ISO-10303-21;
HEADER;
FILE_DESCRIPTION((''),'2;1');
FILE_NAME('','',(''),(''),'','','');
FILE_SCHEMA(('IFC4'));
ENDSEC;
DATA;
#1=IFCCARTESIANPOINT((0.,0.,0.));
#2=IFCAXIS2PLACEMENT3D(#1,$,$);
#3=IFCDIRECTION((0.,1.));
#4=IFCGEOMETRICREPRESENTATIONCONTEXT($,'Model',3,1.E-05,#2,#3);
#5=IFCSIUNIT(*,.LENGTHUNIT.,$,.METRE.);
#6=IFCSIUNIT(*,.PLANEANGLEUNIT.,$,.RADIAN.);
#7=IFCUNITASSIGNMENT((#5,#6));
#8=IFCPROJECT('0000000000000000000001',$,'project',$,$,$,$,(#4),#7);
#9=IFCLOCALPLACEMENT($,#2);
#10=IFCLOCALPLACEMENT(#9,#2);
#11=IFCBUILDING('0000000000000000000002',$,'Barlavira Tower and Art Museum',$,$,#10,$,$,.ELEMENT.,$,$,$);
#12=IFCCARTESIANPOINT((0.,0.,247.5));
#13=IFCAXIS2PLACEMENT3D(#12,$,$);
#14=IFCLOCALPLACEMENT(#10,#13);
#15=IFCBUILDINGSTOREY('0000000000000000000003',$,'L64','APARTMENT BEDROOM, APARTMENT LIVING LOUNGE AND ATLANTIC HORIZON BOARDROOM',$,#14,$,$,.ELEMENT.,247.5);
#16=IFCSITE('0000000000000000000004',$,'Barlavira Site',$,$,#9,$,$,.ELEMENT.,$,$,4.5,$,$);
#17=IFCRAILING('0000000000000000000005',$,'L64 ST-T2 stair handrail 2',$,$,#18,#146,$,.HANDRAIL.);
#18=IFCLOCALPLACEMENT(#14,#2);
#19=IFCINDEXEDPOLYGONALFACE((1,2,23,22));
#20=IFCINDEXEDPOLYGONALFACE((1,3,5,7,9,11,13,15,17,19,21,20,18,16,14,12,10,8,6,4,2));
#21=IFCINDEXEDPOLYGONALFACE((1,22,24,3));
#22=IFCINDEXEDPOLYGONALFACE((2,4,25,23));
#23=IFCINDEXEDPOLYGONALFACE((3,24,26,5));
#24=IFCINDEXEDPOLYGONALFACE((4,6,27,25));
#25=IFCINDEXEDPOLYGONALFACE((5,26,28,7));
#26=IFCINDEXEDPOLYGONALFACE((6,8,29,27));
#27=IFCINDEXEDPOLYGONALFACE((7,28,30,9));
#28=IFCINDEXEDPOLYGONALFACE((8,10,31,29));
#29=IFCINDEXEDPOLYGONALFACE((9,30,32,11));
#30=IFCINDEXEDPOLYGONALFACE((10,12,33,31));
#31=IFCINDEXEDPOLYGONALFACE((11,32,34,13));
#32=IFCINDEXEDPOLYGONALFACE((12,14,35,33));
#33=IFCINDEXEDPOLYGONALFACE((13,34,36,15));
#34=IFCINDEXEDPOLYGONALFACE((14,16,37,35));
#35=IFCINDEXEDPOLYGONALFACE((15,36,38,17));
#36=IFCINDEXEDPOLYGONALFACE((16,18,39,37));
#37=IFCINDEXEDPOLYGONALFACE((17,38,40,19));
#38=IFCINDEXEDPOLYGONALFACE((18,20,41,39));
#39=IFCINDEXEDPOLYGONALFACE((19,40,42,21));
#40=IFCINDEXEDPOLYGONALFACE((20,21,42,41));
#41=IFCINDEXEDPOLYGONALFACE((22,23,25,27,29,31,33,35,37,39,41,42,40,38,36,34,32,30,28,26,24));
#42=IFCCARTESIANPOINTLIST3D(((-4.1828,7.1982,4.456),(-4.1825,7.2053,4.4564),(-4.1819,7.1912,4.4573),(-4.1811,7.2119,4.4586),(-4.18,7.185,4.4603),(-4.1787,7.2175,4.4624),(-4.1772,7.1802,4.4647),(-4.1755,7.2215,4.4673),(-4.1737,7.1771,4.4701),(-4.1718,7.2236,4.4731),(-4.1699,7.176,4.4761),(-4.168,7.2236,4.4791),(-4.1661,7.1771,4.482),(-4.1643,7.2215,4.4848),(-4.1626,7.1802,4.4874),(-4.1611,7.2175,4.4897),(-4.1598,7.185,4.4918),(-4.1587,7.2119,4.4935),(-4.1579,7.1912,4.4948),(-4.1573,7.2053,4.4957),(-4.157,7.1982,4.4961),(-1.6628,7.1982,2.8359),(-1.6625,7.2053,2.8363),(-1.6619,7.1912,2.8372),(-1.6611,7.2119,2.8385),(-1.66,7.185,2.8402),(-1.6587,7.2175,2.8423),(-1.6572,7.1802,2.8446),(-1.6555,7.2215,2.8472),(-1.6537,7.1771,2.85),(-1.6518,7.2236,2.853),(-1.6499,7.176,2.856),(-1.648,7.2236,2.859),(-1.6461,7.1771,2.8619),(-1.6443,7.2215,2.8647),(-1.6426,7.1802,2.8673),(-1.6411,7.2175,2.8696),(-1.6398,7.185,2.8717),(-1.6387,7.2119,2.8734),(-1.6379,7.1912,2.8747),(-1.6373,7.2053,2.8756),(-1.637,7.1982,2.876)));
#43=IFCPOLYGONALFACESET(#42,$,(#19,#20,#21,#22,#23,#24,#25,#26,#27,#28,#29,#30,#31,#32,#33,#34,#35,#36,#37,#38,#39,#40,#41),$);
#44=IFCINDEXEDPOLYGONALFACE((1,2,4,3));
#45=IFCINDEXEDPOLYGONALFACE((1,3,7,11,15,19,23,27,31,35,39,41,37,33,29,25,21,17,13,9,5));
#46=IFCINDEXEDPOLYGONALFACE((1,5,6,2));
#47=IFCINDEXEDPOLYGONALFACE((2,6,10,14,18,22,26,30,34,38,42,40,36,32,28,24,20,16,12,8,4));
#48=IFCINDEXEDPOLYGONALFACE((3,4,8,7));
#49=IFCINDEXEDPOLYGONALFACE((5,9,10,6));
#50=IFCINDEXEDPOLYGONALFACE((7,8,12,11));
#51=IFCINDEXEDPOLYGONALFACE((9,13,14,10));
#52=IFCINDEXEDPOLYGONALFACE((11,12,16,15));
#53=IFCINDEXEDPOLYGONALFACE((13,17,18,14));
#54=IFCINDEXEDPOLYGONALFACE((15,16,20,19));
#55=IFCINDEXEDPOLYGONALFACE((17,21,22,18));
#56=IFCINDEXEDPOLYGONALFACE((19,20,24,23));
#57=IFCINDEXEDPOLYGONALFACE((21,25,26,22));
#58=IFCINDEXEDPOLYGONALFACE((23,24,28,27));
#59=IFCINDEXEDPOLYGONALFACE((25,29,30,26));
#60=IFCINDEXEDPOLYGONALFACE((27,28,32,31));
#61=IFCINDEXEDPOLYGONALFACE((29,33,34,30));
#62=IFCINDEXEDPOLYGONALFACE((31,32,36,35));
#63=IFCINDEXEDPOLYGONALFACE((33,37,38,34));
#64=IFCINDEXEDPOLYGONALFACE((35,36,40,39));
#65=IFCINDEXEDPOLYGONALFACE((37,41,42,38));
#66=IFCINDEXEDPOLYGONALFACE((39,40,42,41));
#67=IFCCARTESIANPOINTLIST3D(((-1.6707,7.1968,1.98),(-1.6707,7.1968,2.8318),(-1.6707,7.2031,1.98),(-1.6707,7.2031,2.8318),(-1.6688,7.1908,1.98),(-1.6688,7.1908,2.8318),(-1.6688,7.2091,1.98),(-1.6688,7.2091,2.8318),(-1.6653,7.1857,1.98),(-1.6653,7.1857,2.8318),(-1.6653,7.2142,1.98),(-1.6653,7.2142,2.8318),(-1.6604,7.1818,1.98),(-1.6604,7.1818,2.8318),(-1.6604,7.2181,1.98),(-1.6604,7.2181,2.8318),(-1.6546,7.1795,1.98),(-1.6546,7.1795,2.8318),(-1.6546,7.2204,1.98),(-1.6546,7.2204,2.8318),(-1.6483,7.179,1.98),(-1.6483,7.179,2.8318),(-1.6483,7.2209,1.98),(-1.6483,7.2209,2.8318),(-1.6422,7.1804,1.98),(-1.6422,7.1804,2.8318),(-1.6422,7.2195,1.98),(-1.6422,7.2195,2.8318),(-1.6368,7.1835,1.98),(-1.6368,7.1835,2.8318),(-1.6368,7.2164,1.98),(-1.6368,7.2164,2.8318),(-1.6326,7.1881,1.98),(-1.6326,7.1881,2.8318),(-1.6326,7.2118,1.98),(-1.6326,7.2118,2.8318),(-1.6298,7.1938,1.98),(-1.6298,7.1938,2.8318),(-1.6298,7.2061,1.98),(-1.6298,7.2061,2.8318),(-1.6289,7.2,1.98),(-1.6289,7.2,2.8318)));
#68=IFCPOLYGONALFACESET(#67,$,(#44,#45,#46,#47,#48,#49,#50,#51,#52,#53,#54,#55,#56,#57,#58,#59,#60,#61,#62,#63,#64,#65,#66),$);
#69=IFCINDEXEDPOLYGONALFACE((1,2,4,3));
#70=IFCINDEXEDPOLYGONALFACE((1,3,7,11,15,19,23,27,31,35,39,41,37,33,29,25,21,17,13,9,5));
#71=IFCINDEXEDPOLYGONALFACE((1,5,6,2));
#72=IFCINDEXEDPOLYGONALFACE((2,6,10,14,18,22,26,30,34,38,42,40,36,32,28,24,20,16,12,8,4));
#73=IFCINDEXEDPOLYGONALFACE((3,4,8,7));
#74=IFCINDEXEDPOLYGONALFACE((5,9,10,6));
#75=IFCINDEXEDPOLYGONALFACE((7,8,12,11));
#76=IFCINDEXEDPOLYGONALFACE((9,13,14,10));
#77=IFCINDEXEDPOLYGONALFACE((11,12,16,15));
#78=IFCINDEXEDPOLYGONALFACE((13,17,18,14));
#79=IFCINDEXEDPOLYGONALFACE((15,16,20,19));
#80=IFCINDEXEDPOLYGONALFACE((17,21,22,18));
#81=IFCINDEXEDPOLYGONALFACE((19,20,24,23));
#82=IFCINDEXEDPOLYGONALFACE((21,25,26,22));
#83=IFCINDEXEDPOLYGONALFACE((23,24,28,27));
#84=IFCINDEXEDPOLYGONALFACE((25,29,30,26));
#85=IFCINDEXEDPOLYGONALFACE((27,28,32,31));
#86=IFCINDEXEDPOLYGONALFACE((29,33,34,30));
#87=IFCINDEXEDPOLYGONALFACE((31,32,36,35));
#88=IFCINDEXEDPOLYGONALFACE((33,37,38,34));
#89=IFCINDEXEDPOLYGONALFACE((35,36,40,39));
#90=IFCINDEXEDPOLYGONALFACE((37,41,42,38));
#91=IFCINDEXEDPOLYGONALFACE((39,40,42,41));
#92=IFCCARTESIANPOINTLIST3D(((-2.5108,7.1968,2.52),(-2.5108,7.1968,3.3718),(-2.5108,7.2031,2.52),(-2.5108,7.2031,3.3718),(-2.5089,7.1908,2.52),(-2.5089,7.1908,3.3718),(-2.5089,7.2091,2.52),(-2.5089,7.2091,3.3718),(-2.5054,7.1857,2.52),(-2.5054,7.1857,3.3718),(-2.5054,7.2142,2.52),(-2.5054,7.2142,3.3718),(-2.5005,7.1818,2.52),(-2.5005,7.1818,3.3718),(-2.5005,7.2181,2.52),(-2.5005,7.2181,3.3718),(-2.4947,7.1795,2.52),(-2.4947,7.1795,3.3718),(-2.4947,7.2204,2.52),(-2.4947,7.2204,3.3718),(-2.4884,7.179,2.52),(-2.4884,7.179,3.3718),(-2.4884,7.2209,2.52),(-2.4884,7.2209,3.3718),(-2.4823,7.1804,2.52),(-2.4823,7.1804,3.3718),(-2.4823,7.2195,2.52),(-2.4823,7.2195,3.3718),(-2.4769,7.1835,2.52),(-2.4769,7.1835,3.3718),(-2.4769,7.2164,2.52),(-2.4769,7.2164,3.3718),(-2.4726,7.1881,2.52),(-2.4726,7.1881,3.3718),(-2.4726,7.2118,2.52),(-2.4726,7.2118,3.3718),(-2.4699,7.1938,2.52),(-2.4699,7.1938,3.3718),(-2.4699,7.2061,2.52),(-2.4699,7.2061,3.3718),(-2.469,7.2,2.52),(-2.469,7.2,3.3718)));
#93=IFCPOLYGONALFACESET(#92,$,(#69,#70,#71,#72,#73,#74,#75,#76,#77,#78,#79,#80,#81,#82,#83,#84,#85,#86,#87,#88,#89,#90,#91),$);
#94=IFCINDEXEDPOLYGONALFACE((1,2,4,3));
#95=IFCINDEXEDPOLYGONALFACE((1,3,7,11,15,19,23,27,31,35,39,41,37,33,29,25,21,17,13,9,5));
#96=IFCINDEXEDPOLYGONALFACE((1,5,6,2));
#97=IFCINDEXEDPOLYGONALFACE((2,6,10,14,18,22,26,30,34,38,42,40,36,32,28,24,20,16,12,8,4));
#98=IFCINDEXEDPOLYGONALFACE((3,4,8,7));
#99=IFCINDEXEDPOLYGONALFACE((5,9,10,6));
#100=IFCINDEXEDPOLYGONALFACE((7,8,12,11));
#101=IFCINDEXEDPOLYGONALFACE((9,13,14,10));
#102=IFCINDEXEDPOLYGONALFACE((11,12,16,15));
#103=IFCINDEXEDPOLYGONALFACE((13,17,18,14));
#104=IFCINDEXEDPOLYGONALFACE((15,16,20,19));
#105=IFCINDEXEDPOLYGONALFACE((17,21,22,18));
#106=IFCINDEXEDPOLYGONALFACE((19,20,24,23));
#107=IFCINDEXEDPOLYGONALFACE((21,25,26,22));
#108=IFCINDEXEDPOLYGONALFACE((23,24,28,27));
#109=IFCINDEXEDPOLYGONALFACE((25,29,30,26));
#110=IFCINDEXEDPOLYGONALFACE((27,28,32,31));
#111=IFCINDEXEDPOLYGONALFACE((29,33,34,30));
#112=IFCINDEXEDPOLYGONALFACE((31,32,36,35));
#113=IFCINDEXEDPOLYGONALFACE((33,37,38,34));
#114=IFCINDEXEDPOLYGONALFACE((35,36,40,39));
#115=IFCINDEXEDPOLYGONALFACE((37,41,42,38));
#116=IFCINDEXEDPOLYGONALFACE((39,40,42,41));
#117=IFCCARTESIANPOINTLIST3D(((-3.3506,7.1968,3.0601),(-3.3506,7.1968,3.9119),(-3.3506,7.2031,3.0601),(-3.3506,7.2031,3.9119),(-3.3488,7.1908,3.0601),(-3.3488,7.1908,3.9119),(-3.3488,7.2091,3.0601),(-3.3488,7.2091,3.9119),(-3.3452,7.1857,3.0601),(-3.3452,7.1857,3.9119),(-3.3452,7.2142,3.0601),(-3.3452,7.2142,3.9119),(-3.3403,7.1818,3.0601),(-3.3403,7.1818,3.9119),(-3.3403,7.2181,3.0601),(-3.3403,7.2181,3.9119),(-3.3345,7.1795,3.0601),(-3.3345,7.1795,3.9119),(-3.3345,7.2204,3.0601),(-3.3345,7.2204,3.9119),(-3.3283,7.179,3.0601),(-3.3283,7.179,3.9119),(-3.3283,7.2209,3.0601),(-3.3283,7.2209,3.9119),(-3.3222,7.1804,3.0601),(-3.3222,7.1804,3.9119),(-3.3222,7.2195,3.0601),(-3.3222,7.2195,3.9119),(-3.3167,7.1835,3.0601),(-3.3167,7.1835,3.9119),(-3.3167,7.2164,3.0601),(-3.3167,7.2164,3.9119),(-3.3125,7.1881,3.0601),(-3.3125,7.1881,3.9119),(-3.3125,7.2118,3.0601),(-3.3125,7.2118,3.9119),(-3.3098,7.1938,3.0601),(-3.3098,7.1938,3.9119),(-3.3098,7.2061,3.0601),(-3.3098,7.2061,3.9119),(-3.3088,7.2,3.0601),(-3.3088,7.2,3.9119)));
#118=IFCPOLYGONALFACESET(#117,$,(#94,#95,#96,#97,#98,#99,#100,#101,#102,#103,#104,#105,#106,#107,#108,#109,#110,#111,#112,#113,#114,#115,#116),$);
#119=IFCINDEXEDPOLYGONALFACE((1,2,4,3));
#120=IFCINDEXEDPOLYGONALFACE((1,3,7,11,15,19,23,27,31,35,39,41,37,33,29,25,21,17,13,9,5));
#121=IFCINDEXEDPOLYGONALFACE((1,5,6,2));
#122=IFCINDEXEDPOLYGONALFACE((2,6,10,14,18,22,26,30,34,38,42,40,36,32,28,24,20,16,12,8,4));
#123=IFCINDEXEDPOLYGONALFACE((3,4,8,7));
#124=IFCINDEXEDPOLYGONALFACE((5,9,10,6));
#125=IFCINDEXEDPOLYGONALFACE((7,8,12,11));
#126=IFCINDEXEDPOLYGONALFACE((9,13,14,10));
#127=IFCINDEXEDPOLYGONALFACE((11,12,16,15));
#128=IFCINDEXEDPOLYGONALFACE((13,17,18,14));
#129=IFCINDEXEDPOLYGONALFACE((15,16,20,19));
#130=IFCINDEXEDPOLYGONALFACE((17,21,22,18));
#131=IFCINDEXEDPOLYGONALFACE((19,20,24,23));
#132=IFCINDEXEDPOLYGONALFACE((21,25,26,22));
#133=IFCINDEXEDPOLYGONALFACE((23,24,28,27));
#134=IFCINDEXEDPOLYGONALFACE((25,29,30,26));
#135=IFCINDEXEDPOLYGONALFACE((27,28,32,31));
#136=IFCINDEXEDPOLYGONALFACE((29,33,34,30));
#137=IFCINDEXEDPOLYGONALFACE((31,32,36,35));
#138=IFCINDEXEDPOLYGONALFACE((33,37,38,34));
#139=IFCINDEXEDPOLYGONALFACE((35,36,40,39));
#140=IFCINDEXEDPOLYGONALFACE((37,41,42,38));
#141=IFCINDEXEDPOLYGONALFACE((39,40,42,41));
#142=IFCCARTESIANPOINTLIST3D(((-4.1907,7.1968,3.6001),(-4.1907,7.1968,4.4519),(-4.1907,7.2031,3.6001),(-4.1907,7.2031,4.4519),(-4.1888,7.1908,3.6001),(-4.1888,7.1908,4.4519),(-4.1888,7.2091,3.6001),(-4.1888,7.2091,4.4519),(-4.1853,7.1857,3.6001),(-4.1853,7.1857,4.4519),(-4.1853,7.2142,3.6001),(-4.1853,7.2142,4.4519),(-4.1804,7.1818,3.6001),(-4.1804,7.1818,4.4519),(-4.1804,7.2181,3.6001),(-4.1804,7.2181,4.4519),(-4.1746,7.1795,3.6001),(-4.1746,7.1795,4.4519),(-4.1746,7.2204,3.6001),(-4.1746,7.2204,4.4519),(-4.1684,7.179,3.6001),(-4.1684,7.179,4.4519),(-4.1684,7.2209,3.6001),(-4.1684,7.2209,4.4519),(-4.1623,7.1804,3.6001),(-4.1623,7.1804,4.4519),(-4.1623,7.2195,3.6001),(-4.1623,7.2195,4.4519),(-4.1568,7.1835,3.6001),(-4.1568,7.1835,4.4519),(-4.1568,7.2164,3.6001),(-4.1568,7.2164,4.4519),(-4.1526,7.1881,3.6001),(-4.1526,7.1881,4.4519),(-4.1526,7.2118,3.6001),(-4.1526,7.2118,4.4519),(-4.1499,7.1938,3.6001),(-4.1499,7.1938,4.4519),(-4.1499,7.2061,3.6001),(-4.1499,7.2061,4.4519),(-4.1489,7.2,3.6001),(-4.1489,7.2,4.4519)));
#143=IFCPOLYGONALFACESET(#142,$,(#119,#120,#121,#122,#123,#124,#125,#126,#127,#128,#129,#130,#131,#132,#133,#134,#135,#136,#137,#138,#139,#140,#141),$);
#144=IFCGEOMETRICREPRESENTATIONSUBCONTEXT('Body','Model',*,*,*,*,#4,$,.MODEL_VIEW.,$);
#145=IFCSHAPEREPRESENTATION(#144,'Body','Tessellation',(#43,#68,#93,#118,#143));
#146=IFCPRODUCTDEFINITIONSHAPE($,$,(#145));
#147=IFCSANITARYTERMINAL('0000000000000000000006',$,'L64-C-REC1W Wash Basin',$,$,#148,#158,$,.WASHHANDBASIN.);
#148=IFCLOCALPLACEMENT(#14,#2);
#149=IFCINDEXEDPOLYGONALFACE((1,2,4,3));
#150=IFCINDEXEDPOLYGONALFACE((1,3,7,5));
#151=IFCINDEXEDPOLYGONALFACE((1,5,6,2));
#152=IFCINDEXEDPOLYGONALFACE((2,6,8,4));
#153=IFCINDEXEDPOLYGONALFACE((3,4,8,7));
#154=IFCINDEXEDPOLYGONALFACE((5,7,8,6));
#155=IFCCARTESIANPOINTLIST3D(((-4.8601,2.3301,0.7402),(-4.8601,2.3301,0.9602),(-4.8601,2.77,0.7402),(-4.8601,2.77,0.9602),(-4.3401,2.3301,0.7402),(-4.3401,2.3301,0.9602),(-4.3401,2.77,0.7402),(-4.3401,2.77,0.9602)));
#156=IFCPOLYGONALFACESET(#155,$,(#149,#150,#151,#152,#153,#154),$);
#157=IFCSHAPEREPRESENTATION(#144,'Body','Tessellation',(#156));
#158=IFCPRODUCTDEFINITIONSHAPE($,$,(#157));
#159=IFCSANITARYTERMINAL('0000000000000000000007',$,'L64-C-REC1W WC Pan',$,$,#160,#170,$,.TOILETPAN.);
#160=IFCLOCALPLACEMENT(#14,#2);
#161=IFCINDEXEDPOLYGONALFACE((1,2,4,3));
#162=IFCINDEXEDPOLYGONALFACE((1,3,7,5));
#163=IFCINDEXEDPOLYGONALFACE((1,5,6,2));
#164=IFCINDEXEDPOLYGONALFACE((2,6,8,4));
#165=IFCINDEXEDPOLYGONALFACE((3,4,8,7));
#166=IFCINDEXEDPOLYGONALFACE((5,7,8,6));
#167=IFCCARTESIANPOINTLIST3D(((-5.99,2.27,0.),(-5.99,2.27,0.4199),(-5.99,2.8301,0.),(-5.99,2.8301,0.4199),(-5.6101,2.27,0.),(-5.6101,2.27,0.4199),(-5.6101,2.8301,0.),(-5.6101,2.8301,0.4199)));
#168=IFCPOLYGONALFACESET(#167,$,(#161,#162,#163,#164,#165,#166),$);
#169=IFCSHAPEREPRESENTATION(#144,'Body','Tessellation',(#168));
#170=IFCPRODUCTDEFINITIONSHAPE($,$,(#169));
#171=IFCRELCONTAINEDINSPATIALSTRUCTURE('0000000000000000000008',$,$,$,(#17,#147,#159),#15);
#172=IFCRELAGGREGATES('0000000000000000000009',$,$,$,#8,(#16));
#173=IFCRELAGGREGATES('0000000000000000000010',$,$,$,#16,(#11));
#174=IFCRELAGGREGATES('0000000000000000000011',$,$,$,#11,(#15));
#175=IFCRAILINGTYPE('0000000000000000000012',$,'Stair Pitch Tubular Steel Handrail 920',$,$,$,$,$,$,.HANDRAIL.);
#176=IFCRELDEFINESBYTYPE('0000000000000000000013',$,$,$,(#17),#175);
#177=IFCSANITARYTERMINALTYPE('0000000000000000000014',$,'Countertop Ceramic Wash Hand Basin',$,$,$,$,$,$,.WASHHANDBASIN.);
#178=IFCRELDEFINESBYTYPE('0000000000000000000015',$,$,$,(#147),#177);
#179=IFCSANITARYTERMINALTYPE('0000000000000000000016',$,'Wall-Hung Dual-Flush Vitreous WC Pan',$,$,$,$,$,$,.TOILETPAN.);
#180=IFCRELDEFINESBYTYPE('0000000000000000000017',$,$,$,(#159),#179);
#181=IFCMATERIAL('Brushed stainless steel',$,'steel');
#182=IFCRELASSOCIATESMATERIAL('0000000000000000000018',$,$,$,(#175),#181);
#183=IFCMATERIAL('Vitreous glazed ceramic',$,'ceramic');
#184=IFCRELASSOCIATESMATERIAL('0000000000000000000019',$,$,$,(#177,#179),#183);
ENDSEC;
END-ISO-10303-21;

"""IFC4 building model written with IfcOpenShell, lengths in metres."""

from ifc_helpers import new_model, si_unit, direction, frame, origin, origin_2d, place, context, subcontext, project, spatial, rectangle, circle, extrude, material, type_object, element, save


model = new_model("IFC4")

# Units and contexts
model_context = context("Model", 3, precision=1e-05, world=origin(), true_north=direction((0.0, 1.0)))
body_context = subcontext(model_context, "Body", "Model", "MODEL_VIEW")
ifc_project = project(units=[si_unit("LENGTHUNIT", "METRE"), si_unit("PLANEANGLEUNIT", "RADIAN")], contexts=[model_context])

# Site, building, storey
site_placement = place(None, origin())
site = spatial("IfcSite", under=ifc_project, at=site_placement, Name="Barlavira Site", CompositionType="ELEMENT", RefElevation=4.5)
building_placement = place(site_placement, origin())
building = spatial("IfcBuilding", under=site, at=building_placement, Name="Barlavira Tower and Art Museum", CompositionType="ELEMENT")
storey_placement = place(building_placement, frame((0.0, 0.0, 247.5)))
storey = spatial("IfcBuildingStorey", under=building, at=storey_placement, Name="L64", Description="APARTMENT BEDROOM, APARTMENT LIVING LOUNGE AND ATLANTIC HORIZON BOARDROOM", CompositionType="ELEMENT", Elevation=247.5)

# Shared definitions
ifc_material_1 = material(Name="Brushed stainless steel", Category="steel")

# Railing
railing_type_1 = type_object("IfcRailingType", Name="Stair Pitch Tubular Steel Handrail 920", PredefinedType="HANDRAIL", material=ifc_material_1)
railing_1_placement = place(storey_placement, frame((-1.6499, 7.2, 1.98)))
element("IfcRailing", 1, at=railing_1_placement, inside=storey, type_object=railing_type_1, Name="L64 ST-T2 stair handrail 2", PredefinedType="HANDRAIL", context=body_context, shape_type="SweptSolid", body=[
    extrude(circle(Radius=0.0239, at=origin_2d()), frame((0.0, 0.0, 0.876), z_axis=(-0.841163, 0.0, 0.540782), x_axis=(0.0, -1.0, 0.0)), (0.0, 0.0, 1.0), 2.9958),
    extrude(circle(Radius=0.021, at=origin_2d()), origin(), (0.0, 0.0, 1.0), 0.8518),
    extrude(circle(Radius=0.021, at=origin_2d()), frame((-0.8401, 0.0, 0.54)), (0.0, 0.0, 1.0), 0.8518),
    extrude(circle(Radius=0.021, at=origin_2d()), frame((-1.6799, 0.0, 1.0801)), (0.0, 0.0, 1.0), 0.8518),
    extrude(circle(Radius=0.021, at=origin_2d()), frame((-2.52, 0.0, 1.6201)), (0.0, 0.0, 1.0), 0.8518),
])

# Sanitary terminals
ifc_material_2 = material(Name="Vitreous glazed ceramic", Category="ceramic")
sanitary_terminal_type_1 = type_object("IfcSanitaryTerminalType", Name="Countertop Ceramic Wash Hand Basin", PredefinedType="WASHHANDBASIN", material=ifc_material_2)
sanitary_terminal_1_placement = place(storey_placement, frame((-4.6001, 2.55, 0.7402), z_axis=(0.0, 0.0, 1.0), x_axis=(1.0, 0.0, 0.0)))
element("IfcSanitaryTerminal", 2, at=sanitary_terminal_1_placement, inside=storey, type_object=sanitary_terminal_type_1, Name="L64-C-REC1W Wash Basin", PredefinedType="WASHHANDBASIN", context=body_context, shape_type="SweptSolid", body=[
    extrude(rectangle(XDim=0.52, YDim=0.4399, at=origin_2d()), origin(), (0.0, 0.0, 1.0), 0.22),
])
sanitary_terminal_type_2 = type_object("IfcSanitaryTerminalType", Name="Wall-Hung Dual-Flush Vitreous WC Pan", PredefinedType="TOILETPAN", material=ifc_material_2)
sanitary_terminal_2_placement = place(storey_placement, frame((-5.8, 2.55, 0.0), z_axis=(0.0, 0.0, 1.0), x_axis=(1.0, 0.0, 0.0)))
element("IfcSanitaryTerminal", 3, at=sanitary_terminal_2_placement, inside=storey, type_object=sanitary_terminal_type_2, Name="L64-C-REC1W WC Pan", PredefinedType="TOILETPAN", context=body_context, shape_type="SweptSolid", body=[
    extrude(rectangle(XDim=0.3799, YDim=0.5601, at=origin_2d()), origin(), (0.0, 0.0, 1.0), 0.4199),
])

save(model, "model.ifc")
